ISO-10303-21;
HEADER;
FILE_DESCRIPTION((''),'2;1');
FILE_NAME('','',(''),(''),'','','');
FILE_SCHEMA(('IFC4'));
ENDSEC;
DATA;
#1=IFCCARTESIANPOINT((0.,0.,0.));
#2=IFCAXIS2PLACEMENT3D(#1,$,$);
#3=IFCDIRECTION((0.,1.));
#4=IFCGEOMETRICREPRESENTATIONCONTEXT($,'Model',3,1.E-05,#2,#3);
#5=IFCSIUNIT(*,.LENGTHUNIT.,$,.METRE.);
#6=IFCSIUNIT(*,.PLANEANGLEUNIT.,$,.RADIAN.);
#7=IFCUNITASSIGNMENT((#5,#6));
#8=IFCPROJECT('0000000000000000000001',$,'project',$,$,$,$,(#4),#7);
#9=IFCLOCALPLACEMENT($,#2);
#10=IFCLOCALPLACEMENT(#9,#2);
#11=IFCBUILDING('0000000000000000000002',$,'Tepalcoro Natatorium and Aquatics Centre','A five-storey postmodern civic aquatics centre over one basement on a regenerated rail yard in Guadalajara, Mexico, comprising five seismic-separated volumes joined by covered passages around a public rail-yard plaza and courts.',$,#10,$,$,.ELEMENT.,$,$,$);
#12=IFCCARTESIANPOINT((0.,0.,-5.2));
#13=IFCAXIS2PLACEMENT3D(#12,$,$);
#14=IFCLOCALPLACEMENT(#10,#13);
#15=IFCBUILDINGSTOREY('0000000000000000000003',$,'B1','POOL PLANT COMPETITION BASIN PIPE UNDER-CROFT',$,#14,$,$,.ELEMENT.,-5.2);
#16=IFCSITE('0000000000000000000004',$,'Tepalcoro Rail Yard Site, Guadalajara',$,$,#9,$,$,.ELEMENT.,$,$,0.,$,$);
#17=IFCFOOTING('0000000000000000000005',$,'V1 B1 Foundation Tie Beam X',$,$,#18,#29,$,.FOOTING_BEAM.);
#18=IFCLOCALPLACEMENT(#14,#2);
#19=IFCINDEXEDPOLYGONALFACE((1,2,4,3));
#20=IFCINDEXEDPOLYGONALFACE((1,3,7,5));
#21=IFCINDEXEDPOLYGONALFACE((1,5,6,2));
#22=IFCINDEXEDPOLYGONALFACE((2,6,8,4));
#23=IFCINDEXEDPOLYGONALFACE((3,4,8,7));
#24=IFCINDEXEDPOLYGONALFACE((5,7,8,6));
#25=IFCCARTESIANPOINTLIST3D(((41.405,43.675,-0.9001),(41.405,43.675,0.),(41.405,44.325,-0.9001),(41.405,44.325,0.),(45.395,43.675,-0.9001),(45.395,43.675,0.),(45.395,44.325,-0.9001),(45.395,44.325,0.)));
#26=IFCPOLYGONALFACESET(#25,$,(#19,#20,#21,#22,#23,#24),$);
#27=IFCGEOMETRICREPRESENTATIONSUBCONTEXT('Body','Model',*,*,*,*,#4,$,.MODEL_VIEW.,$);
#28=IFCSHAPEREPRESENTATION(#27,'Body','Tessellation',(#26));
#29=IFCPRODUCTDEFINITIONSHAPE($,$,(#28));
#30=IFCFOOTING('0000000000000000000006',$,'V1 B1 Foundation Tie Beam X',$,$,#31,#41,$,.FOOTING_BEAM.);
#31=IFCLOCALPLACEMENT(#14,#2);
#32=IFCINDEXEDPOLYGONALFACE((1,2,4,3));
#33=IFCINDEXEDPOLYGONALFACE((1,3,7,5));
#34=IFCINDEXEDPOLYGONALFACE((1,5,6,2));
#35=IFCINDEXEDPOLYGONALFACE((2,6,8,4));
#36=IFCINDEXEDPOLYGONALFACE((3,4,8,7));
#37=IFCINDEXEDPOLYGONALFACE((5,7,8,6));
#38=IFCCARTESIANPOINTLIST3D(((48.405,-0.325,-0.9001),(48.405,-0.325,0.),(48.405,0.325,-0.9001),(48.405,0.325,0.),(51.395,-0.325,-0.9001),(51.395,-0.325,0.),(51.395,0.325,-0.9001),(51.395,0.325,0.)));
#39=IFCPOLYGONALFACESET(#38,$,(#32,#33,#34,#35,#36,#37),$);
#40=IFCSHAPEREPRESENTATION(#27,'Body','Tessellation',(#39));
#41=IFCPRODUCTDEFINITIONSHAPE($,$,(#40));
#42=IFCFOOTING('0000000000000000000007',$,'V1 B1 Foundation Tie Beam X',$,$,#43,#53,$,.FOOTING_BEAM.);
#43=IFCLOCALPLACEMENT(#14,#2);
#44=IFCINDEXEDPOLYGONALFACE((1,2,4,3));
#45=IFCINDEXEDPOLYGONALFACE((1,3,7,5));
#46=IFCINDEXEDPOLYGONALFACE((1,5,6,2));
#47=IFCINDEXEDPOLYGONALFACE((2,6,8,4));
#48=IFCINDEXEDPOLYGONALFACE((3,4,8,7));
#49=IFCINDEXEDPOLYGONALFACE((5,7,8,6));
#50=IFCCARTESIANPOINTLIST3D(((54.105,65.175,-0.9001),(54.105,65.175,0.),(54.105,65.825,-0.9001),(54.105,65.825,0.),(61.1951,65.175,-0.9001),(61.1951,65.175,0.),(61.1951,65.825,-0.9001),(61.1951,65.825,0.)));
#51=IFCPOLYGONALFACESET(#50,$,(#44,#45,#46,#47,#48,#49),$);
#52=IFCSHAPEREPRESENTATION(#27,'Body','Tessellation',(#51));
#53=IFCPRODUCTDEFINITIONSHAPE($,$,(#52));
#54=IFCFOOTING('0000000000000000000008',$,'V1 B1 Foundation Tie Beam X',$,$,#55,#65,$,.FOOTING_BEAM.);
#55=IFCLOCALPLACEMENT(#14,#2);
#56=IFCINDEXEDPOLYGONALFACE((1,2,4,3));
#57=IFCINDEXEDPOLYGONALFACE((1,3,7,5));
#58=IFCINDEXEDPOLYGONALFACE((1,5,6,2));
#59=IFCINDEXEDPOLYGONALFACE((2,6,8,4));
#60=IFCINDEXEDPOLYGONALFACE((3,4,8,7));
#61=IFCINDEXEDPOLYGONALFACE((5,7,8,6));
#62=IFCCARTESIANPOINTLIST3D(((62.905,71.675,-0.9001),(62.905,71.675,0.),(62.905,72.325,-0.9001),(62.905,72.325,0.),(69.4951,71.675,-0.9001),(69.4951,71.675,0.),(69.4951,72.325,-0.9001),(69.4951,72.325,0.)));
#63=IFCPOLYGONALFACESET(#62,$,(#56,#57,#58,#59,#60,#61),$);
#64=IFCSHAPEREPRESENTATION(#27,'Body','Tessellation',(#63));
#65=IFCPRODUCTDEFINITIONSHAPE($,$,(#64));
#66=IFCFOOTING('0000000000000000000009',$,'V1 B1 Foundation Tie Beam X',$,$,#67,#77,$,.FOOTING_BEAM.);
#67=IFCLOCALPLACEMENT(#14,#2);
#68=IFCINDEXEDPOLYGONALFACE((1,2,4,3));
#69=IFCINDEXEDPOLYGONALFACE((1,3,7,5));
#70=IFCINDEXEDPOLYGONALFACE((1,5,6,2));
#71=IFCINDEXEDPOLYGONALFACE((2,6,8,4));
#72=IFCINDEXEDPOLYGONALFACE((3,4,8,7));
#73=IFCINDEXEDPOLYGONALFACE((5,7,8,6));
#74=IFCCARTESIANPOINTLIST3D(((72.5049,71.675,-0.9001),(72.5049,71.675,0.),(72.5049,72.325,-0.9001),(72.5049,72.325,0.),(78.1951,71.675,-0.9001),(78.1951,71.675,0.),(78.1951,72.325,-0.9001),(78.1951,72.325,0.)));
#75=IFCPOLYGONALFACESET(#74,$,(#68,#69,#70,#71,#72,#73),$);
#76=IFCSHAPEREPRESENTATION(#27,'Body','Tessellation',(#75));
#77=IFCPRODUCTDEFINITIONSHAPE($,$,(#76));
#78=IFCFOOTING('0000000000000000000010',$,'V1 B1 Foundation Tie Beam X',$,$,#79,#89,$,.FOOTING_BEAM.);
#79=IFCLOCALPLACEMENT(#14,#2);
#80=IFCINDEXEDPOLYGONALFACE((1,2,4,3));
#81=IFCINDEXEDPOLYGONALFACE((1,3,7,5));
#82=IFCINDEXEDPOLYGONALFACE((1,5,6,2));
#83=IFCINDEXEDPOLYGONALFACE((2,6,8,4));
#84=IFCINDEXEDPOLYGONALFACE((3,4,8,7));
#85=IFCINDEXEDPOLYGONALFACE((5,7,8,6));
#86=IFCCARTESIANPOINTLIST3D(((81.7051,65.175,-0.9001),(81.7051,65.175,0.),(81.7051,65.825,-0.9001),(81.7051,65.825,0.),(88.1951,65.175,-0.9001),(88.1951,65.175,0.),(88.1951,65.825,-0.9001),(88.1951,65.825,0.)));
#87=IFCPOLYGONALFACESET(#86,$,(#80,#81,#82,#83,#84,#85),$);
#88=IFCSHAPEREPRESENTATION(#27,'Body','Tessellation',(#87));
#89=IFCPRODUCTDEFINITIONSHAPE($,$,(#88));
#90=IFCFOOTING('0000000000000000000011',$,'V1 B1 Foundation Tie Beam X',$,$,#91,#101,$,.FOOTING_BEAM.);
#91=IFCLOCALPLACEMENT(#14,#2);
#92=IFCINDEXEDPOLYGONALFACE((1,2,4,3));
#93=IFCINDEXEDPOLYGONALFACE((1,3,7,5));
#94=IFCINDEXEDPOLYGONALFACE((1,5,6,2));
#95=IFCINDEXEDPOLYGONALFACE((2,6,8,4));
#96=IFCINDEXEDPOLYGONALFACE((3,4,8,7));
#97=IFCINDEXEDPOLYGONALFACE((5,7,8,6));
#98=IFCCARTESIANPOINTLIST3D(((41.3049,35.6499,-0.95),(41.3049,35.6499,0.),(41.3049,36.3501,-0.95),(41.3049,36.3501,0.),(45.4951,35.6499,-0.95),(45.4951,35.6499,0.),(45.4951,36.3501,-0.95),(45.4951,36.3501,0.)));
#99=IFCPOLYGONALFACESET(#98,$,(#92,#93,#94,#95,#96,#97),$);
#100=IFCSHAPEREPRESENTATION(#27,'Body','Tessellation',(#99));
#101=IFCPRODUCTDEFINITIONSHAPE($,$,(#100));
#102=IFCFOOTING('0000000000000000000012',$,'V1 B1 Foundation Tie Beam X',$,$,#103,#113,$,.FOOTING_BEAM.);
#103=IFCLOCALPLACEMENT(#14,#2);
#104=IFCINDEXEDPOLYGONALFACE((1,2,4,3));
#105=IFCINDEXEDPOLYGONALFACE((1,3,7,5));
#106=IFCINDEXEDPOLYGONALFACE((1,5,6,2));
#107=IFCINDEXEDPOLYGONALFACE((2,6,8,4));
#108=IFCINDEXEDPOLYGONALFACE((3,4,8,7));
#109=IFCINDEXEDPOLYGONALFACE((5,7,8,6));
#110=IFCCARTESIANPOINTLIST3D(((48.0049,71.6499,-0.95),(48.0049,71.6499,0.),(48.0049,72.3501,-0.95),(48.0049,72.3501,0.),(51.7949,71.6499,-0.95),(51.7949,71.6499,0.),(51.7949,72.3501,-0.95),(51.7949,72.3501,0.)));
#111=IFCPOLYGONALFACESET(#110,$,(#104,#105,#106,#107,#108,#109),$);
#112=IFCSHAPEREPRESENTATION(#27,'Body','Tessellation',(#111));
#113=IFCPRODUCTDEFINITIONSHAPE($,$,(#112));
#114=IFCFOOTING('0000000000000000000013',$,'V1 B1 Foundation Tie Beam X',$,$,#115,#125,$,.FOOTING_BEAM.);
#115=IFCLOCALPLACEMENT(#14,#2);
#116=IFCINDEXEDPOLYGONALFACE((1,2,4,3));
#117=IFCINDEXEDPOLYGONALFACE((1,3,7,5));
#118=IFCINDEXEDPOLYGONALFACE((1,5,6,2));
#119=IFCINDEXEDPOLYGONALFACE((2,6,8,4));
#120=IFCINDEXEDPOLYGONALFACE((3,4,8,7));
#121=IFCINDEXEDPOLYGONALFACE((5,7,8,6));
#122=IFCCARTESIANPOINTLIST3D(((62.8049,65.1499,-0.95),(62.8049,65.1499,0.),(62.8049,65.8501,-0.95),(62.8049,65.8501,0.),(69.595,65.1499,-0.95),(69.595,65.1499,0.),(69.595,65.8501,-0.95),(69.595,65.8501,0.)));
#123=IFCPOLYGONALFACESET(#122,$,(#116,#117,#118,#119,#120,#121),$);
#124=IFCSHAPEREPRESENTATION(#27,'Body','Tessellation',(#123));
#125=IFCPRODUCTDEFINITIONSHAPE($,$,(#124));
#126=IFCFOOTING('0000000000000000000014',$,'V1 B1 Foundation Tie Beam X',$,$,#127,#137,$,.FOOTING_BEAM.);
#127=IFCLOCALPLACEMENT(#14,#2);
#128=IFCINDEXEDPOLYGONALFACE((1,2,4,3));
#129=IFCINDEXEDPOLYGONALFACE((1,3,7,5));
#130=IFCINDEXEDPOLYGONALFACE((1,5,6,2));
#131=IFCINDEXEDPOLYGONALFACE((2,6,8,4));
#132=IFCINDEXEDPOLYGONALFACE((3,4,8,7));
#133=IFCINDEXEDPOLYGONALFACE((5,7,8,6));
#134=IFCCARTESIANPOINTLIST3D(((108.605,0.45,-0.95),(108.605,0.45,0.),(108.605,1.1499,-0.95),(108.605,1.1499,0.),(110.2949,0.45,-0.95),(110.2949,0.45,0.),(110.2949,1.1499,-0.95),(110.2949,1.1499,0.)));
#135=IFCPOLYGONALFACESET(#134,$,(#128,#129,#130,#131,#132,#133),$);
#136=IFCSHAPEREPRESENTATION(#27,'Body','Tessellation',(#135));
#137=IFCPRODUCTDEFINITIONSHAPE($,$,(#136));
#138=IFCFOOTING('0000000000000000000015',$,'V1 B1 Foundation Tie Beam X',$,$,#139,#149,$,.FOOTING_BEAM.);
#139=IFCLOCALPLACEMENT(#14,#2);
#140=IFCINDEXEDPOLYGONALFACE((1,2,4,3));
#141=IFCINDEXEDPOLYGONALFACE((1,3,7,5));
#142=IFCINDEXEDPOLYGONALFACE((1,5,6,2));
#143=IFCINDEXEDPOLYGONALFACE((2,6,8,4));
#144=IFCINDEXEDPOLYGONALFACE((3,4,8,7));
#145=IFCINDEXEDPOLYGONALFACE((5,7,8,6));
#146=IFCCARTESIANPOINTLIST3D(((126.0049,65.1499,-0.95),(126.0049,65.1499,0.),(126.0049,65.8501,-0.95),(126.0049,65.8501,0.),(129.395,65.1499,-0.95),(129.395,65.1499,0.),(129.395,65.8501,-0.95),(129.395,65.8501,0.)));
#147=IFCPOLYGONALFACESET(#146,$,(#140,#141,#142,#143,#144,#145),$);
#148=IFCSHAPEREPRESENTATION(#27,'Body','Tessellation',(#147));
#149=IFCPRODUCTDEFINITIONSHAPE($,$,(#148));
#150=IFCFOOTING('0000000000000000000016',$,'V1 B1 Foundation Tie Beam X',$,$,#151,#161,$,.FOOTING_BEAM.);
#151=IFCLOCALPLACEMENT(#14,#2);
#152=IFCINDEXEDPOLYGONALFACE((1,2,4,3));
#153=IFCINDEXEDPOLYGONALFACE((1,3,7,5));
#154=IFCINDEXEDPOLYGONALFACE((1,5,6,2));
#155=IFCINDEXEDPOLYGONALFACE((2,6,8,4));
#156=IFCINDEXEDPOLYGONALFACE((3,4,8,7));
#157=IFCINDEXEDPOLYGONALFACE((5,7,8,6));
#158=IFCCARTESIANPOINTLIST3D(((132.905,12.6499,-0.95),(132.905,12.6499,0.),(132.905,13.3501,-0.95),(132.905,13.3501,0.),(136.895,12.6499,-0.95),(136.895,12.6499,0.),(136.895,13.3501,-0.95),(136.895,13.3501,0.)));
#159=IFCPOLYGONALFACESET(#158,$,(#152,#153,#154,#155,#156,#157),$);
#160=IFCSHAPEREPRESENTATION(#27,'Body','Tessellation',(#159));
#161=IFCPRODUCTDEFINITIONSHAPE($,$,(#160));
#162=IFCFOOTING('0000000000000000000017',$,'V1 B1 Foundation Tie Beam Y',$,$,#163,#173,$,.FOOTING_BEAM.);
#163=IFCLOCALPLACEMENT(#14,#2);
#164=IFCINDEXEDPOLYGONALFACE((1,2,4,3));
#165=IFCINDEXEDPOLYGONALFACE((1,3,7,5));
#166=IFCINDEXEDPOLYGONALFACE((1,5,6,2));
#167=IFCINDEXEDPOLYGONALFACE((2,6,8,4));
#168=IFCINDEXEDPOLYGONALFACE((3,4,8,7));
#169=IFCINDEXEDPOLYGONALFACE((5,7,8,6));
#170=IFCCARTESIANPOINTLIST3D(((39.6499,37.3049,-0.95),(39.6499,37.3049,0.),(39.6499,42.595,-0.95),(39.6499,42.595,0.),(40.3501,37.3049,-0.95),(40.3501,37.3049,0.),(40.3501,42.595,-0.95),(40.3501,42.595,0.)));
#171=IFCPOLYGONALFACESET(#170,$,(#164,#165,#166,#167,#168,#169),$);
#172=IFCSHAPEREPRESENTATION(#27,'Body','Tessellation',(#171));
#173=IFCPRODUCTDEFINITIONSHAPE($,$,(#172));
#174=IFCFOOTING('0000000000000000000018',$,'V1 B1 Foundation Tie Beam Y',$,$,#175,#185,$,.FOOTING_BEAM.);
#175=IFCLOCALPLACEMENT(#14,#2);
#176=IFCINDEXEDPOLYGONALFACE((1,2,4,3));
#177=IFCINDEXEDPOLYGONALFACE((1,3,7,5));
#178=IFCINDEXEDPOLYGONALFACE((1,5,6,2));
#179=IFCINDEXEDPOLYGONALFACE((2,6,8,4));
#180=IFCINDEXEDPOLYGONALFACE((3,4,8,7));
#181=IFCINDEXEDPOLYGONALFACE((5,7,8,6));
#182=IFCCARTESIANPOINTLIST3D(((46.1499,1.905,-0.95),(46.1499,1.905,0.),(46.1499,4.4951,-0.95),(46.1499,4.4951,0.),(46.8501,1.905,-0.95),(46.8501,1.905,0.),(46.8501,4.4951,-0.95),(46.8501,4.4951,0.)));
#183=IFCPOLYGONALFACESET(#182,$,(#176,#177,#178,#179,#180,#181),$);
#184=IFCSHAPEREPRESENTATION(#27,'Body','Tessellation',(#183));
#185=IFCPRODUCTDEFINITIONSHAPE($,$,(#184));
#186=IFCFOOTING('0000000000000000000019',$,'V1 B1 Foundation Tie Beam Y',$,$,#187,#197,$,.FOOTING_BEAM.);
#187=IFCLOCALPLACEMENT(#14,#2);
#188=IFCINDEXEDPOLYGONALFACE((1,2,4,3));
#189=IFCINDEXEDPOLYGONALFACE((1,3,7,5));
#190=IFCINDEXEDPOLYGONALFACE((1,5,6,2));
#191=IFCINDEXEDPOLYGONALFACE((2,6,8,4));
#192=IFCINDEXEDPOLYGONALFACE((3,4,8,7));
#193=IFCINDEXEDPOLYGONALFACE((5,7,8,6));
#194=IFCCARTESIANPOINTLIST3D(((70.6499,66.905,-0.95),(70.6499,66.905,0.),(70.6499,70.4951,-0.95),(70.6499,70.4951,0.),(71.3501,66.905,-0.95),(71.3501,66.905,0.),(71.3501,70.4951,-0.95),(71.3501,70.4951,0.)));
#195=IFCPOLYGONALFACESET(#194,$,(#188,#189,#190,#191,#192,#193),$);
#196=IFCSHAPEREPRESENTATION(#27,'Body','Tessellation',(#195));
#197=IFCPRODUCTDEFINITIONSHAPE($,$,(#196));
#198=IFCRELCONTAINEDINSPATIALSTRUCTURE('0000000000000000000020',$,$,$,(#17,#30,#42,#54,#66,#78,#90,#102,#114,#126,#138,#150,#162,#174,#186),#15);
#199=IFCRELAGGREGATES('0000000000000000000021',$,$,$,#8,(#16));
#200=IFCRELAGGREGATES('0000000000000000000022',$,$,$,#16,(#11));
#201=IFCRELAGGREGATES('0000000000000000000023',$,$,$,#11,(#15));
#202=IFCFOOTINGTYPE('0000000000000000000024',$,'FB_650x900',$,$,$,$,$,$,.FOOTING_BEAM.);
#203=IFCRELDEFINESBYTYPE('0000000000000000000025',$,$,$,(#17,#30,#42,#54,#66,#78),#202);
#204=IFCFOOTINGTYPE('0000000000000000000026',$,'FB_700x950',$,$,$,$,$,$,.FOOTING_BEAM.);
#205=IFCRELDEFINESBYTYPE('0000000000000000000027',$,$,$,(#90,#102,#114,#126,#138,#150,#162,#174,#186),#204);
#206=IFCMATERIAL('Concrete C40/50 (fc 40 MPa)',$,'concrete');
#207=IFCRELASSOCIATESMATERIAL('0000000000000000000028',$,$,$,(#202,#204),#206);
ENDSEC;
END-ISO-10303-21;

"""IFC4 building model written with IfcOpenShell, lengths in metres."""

from ifc_helpers import new_model, si_unit, direction, frame, origin, place, context, subcontext, project, spatial, polyline, outline, extrude, material, type_object, element, save


model = new_model("IFC4")

# Units and contexts
model_context = context("Model", 3, precision=1e-05, world=origin(), true_north=direction((0.0, 1.0)))
body_context = subcontext(model_context, "Body", "Model", "MODEL_VIEW")
ifc_project = project(units=[si_unit("LENGTHUNIT", "METRE"), si_unit("PLANEANGLEUNIT", "RADIAN")], contexts=[model_context])

# Site, building, storey
site_placement = place(None, origin())
site = spatial("IfcSite", under=ifc_project, at=site_placement, Name="Tepalcoro Rail Yard Site, Guadalajara", CompositionType="ELEMENT", RefElevation=0.0)
building_placement = place(site_placement, origin())
building = spatial("IfcBuilding", under=site, at=building_placement, Name="Tepalcoro Natatorium and Aquatics Centre", Description="A five-storey postmodern civic aquatics centre over one basement on a regenerated rail yard in Guadalajara, Mexico, comprising five seismic-separated volumes joined by covered passages around a public rail-yard plaza and courts.", CompositionType="ELEMENT")
storey_placement = place(building_placement, frame((0.0, 0.0, -5.2)))
storey = spatial("IfcBuildingStorey", under=building, at=storey_placement, Name="B1", Description="POOL PLANT COMPETITION BASIN PIPE UNDER-CROFT", CompositionType="ELEMENT", Elevation=-5.2)

# Footings
ifc_material = material(Name="Concrete C40/50 (fc 40 MPa)", Category="concrete")
footing_type_1 = type_object("IfcFootingType", Name="FB_650x900", PredefinedType="FOOTING_BEAM", material=ifc_material)
footing_1_placement = place(storey_placement, frame((0.0, 0.0, -0.9001)))
element("IfcFooting", 1, at=footing_1_placement, inside=storey, type_object=footing_type_1, Name="V1 B1 Foundation Tie Beam X", PredefinedType="FOOTING_BEAM", context=body_context, shape_type="SweptSolid", body=[
    extrude(outline(polyline([(41.405, 43.675), (45.395, 43.675), (45.395, 44.325), (41.405, 44.325), (41.405, 43.675)])), origin(), (0.0, 0.0, 1.0), 0.9001),
])
footing_2_placement = place(storey_placement, frame((0.0, 0.0, -0.9001)))
element("IfcFooting", 2, at=footing_2_placement, inside=storey, type_object=footing_type_1, Name="V1 B1 Foundation Tie Beam X", PredefinedType="FOOTING_BEAM", context=body_context, shape_type="SweptSolid", body=[
    extrude(outline(polyline([(48.405, -0.325), (51.395, -0.325), (51.395, 0.325), (48.405, 0.325), (48.405, -0.325)])), origin(), (0.0, 0.0, 1.0), 0.9001),
])
footing_3_placement = place(storey_placement, frame((0.0, 0.0, -0.9001)))
element("IfcFooting", 3, at=footing_3_placement, inside=storey, type_object=footing_type_1, Name="V1 B1 Foundation Tie Beam X", PredefinedType="FOOTING_BEAM", context=body_context, shape_type="SweptSolid", body=[
    extrude(outline(polyline([(54.105, 65.175), (61.1951, 65.175), (61.1951, 65.825), (54.105, 65.825), (54.105, 65.175)])), origin(), (0.0, 0.0, 1.0), 0.9001),
])
footing_4_placement = place(storey_placement, frame((0.0, 0.0, -0.9001)))
element("IfcFooting", 4, at=footing_4_placement, inside=storey, type_object=footing_type_1, Name="V1 B1 Foundation Tie Beam X", PredefinedType="FOOTING_BEAM", context=body_context, shape_type="SweptSolid", body=[
    extrude(outline(polyline([(62.905, 71.675), (69.4951, 71.675), (69.4951, 72.325), (62.905, 72.325), (62.905, 71.675)])), origin(), (0.0, 0.0, 1.0), 0.9001),
])
footing_5_placement = place(storey_placement, frame((0.0, 0.0, -0.9001)))
element("IfcFooting", 5, at=footing_5_placement, inside=storey, type_object=footing_type_1, Name="V1 B1 Foundation Tie Beam X", PredefinedType="FOOTING_BEAM", context=body_context, shape_type="SweptSolid", body=[
    extrude(outline(polyline([(72.5049, 71.675), (78.1951, 71.675), (78.1951, 72.325), (72.5049, 72.325), (72.5049, 71.675)])), origin(), (0.0, 0.0, 1.0), 0.9001),
])
footing_6_placement = place(storey_placement, frame((0.0, 0.0, -0.9001)))
element("IfcFooting", 6, at=footing_6_placement, inside=storey, type_object=footing_type_1, Name="V1 B1 Foundation Tie Beam X", PredefinedType="FOOTING_BEAM", context=body_context, shape_type="SweptSolid", body=[
    extrude(outline(polyline([(81.7051, 65.175), (88.1951, 65.175), (88.1951, 65.825), (81.7051, 65.825), (81.7051, 65.175)])), origin(), (0.0, 0.0, 1.0), 0.9001),
])
footing_type_2 = type_object("IfcFootingType", Name="FB_700x950", PredefinedType="FOOTING_BEAM", material=ifc_material)
footing_7_placement = place(storey_placement, frame((0.0, 0.0, -0.95)))
element("IfcFooting", 7, at=footing_7_placement, inside=storey, type_object=footing_type_2, Name="V1 B1 Foundation Tie Beam X", PredefinedType="FOOTING_BEAM", context=body_context, shape_type="SweptSolid", body=[
    extrude(outline(polyline([(41.3049, 35.6499), (45.4951, 35.6499), (45.4951, 36.3501), (41.3049, 36.3501), (41.3049, 35.6499)])), origin(), (0.0, 0.0, 1.0), 0.95),
])
footing_8_placement = place(storey_placement, frame((0.0, 0.0, -0.95)))
element("IfcFooting", 8, at=footing_8_placement, inside=storey, type_object=footing_type_2, Name="V1 B1 Foundation Tie Beam X", PredefinedType="FOOTING_BEAM", context=body_context, shape_type="SweptSolid", body=[
    extrude(outline(polyline([(48.0049, 71.6499), (51.7949, 71.6499), (51.7949, 72.3501), (48.0049, 72.3501), (48.0049, 71.6499)])), origin(), (0.0, 0.0, 1.0), 0.95),
])
footing_9_placement = place(storey_placement, frame((0.0, 0.0, -0.95)))
element("IfcFooting", 9, at=footing_9_placement, inside=storey, type_object=footing_type_2, Name="V1 B1 Foundation Tie Beam X", PredefinedType="FOOTING_BEAM", context=body_context, shape_type="SweptSolid", body=[
    extrude(outline(polyline([(62.8049, 65.1499), (69.595, 65.1499), (69.595, 65.8501), (62.8049, 65.8501), (62.8049, 65.1499)])), origin(), (0.0, 0.0, 1.0), 0.95),
])
footing_10_placement = place(storey_placement, frame((0.0, 0.0, -0.95)))
element("IfcFooting", 10, at=footing_10_placement, inside=storey, type_object=footing_type_2, Name="V1 B1 Foundation Tie Beam X", PredefinedType="FOOTING_BEAM", context=body_context, shape_type="SweptSolid", body=[
    extrude(outline(polyline([(108.605, 0.45), (110.2949, 0.45), (110.2949, 1.1499), (108.605, 1.1499), (108.605, 0.45)])), origin(), (0.0, 0.0, 1.0), 0.95),
])
footing_11_placement = place(storey_placement, frame((0.0, 0.0, -0.95)))
element("IfcFooting", 11, at=footing_11_placement, inside=storey, type_object=footing_type_2, Name="V1 B1 Foundation Tie Beam X", PredefinedType="FOOTING_BEAM", context=body_context, shape_type="SweptSolid", body=[
    extrude(outline(polyline([(126.0049, 65.1499), (129.395, 65.1499), (129.395, 65.8501), (126.0049, 65.8501), (126.0049, 65.1499)])), origin(), (0.0, 0.0, 1.0), 0.95),
])
footing_12_placement = place(storey_placement, frame((0.0, 0.0, -0.95)))
element("IfcFooting", 12, at=footing_12_placement, inside=storey, type_object=footing_type_2, Name="V1 B1 Foundation Tie Beam X", PredefinedType="FOOTING_BEAM", context=body_context, shape_type="SweptSolid", body=[
    extrude(outline(polyline([(132.905, 12.6499), (136.895, 12.6499), (136.895, 13.3501), (132.905, 13.3501), (132.905, 12.6499)])), origin(), (0.0, 0.0, 1.0), 0.95),
])
footing_13_placement = place(storey_placement, frame((0.0, 0.0, -0.95)))
element("IfcFooting", 13, at=footing_13_placement, inside=storey, type_object=footing_type_2, Name="V1 B1 Foundation Tie Beam Y", PredefinedType="FOOTING_BEAM", context=body_context, shape_type="SweptSolid", body=[
    extrude(outline(polyline([(40.3501, 37.3049), (40.3501, 42.595), (39.6499, 42.595), (39.6499, 37.3049), (40.3501, 37.3049)])), origin(), (0.0, 0.0, 1.0), 0.95),
])
footing_14_placement = place(storey_placement, frame((0.0, 0.0, -0.95)))
element("IfcFooting", 14, at=footing_14_placement, inside=storey, type_object=footing_type_2, Name="V1 B1 Foundation Tie Beam Y", PredefinedType="FOOTING_BEAM", context=body_context, shape_type="SweptSolid", body=[
    extrude(outline(polyline([(46.8501, 1.905), (46.8501, 4.4951), (46.1499, 4.4951), (46.1499, 1.905), (46.8501, 1.905)])), origin(), (0.0, 0.0, 1.0), 0.95),
])
footing_15_placement = place(storey_placement, frame((0.0, 0.0, -0.95)))
element("IfcFooting", 15, at=footing_15_placement, inside=storey, type_object=footing_type_2, Name="V1 B1 Foundation Tie Beam Y", PredefinedType="FOOTING_BEAM", context=body_context, shape_type="SweptSolid", body=[
    extrude(outline(polyline([(71.3501, 66.905), (71.3501, 70.4951), (70.6499, 70.4951), (70.6499, 66.905), (71.3501, 66.905)])), origin(), (0.0, 0.0, 1.0), 0.95),
])

save(model, "model.ifc")
